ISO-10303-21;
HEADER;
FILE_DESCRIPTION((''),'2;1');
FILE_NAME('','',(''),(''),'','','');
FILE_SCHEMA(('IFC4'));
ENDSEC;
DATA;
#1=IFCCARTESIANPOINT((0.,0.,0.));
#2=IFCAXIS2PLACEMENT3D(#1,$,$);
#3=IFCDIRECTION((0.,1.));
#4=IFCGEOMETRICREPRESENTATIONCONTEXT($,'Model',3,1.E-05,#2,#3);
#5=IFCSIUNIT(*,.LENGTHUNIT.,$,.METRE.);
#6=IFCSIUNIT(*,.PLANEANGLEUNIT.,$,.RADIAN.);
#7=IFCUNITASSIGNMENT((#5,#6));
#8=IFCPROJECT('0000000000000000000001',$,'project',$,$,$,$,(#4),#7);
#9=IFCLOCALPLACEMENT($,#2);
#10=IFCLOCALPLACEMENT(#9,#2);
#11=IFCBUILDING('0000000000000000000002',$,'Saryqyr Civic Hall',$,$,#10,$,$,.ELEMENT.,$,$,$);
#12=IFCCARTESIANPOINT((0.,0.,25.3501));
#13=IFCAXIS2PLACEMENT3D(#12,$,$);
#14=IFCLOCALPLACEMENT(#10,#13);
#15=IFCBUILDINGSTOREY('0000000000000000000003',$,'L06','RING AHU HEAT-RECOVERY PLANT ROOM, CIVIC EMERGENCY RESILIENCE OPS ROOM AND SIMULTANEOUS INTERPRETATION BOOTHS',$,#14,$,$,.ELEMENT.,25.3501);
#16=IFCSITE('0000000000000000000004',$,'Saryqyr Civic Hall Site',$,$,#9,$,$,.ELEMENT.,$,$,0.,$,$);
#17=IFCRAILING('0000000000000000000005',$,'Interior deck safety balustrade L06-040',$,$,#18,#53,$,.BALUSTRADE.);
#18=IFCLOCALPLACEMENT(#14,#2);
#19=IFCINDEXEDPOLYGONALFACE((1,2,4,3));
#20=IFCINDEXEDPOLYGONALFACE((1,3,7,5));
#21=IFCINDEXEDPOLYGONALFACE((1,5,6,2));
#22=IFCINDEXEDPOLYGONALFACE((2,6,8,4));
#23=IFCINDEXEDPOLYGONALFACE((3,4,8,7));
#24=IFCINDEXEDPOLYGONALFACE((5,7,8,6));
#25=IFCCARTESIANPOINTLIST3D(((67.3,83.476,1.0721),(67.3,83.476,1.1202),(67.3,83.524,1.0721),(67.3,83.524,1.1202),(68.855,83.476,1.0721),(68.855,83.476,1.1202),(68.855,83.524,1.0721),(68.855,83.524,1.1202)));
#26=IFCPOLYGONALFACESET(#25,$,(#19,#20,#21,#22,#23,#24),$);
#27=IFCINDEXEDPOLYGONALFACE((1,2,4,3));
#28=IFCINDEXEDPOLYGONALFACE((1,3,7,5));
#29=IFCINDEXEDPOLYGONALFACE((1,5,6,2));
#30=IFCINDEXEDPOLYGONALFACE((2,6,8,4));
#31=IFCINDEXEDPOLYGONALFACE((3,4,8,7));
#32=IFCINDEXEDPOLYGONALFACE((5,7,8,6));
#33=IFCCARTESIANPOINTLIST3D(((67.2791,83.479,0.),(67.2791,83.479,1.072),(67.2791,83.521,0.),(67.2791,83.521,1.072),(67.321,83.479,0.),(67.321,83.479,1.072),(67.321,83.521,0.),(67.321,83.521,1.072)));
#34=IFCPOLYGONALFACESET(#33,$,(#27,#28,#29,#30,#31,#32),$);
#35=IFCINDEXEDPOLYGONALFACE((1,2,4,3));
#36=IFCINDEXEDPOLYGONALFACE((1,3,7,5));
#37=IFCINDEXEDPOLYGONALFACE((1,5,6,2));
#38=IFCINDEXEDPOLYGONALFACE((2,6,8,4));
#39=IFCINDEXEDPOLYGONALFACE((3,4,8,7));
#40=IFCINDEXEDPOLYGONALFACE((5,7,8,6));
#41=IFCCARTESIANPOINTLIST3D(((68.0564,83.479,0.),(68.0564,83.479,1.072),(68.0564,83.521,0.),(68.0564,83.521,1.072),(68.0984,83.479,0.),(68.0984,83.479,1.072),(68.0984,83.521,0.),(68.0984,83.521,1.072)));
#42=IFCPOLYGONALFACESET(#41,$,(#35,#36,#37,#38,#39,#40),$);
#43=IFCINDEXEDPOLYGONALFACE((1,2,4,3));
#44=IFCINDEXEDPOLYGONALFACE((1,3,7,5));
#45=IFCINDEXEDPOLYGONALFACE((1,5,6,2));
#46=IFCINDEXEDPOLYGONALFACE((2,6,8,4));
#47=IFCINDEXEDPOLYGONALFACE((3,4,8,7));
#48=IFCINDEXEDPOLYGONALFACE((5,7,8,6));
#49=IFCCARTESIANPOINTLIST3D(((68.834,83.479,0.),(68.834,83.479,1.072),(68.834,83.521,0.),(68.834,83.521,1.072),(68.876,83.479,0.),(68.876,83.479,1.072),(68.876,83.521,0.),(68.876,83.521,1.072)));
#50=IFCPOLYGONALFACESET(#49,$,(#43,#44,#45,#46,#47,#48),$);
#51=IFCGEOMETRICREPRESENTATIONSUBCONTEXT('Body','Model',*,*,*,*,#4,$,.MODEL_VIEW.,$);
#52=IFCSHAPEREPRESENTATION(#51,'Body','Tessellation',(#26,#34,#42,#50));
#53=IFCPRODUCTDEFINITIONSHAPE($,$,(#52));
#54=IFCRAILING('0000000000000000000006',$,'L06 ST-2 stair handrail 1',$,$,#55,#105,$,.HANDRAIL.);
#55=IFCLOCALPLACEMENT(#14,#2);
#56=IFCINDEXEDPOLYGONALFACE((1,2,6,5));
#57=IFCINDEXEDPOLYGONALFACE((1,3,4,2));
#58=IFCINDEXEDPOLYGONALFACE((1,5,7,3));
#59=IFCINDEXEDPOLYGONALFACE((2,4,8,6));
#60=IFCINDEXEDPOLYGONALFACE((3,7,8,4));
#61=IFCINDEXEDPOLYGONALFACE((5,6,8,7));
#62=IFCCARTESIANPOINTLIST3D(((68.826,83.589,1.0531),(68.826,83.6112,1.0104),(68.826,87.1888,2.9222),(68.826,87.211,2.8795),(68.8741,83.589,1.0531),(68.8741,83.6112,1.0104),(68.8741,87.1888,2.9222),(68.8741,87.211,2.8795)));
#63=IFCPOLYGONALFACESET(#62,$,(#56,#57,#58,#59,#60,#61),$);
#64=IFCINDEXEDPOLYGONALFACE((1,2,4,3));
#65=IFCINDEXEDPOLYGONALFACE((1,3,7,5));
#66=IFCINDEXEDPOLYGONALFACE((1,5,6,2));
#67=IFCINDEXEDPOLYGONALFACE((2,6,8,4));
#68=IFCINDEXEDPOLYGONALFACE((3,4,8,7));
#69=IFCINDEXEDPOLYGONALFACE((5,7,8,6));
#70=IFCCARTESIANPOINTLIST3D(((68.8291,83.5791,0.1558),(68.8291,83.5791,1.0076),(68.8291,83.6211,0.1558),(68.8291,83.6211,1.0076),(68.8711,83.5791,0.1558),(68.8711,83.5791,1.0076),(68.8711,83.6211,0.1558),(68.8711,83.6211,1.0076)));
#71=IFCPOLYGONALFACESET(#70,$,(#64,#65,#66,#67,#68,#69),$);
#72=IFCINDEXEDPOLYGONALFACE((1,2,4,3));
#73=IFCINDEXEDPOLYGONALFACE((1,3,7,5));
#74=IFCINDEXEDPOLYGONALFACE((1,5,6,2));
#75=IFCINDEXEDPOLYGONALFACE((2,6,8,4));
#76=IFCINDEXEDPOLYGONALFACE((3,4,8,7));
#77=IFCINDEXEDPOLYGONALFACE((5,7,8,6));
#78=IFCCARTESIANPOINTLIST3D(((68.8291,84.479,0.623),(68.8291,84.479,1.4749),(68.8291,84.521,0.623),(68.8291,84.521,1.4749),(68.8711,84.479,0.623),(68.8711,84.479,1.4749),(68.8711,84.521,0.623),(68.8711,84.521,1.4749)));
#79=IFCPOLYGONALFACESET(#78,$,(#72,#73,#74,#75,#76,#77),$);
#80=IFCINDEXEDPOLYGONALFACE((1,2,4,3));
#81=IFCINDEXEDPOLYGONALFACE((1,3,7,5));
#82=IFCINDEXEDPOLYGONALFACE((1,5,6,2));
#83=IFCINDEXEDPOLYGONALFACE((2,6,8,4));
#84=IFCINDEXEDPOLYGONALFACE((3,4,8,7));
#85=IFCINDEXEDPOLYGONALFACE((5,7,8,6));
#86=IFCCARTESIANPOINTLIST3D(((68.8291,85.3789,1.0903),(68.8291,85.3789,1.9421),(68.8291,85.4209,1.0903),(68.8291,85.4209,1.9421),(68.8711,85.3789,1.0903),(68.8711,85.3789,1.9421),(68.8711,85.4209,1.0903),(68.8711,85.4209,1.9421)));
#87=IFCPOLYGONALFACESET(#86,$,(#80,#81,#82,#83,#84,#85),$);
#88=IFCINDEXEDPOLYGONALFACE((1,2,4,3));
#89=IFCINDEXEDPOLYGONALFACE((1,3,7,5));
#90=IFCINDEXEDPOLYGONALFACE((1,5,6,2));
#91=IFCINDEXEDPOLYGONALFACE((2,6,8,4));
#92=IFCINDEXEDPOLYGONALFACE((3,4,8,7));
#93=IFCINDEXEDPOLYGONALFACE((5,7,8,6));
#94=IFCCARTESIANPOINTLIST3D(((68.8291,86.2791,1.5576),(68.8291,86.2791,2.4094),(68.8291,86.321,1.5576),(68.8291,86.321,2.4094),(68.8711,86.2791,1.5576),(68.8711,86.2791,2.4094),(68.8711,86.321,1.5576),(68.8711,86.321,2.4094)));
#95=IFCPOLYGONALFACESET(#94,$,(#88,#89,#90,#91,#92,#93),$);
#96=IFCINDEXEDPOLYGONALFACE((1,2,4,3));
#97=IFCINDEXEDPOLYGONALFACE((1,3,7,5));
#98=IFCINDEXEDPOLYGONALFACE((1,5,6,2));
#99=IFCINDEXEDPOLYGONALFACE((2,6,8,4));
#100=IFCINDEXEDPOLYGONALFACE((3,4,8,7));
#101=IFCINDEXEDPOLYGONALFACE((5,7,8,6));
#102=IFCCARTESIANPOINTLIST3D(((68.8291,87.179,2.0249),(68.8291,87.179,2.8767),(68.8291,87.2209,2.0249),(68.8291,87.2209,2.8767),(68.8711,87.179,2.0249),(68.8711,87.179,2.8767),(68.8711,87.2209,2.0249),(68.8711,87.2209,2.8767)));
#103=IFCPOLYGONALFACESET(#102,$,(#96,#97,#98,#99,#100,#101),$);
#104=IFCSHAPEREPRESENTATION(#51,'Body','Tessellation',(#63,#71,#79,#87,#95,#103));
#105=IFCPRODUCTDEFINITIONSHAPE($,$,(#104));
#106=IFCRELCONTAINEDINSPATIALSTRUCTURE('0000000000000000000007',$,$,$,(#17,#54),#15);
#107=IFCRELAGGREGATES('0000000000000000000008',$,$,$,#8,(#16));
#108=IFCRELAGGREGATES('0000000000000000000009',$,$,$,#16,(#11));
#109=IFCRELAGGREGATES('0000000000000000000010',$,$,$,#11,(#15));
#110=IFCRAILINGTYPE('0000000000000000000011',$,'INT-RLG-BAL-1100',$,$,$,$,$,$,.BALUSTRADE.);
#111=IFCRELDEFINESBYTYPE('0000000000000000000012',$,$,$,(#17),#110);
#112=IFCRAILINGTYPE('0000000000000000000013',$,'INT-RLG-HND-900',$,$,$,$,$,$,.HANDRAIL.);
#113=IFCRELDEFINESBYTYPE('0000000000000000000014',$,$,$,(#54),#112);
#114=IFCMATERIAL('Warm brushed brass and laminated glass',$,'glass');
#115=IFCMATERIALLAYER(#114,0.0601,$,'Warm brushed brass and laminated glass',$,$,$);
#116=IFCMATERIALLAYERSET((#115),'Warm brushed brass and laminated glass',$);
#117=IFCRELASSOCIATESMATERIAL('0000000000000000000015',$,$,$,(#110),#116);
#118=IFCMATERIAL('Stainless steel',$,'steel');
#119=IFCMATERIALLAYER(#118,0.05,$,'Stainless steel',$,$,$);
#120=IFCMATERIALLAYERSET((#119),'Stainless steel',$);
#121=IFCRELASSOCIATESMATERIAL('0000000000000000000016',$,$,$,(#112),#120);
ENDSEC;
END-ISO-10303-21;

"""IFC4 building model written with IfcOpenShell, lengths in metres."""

from ifc_helpers import new_model, si_unit, direction, frame, origin, origin_2d, place, context, subcontext, project, spatial, rectangle, extrude, material, layer, layer_set, type_object, element, save


model = new_model("IFC4")

# Units and contexts
model_context = context("Model", 3, precision=1e-05, world=origin(), true_north=direction((0.0, 1.0)))
body_context = subcontext(model_context, "Body", "Model", "MODEL_VIEW")
ifc_project = project(units=[si_unit("LENGTHUNIT", "METRE"), si_unit("PLANEANGLEUNIT", "RADIAN")], contexts=[model_context])

# Site, building, storey
site_placement = place(None, origin())
site = spatial("IfcSite", under=ifc_project, at=site_placement, Name="Saryqyr Civic Hall Site", CompositionType="ELEMENT", RefElevation=0.0)
building_placement = place(site_placement, origin())
building = spatial("IfcBuilding", under=site, at=building_placement, Name="Saryqyr Civic Hall", CompositionType="ELEMENT")
storey_placement = place(building_placement, frame((0.0, 0.0, 25.3501)))
storey = spatial("IfcBuildingStorey", under=building, at=storey_placement, Name="L06", Description="RING AHU HEAT-RECOVERY PLANT ROOM, CIVIC EMERGENCY RESILIENCE OPS ROOM AND SIMULTANEOUS INTERPRETATION BOOTHS", CompositionType="ELEMENT", Elevation=25.3501)

# Railings
ifc_material_1 = material(Name="Warm brushed brass and laminated glass", Category="glass")
ifc_layer_1 = layer(ifc_material_1, 0.0601, Name="Warm brushed brass and laminated glass")
ifc_layer_set_1 = layer_set([ifc_layer_1], Name="Warm brushed brass and laminated glass")
railing_type_1 = type_object("IfcRailingType", Name="INT-RLG-BAL-1100", PredefinedType="BALUSTRADE", material=ifc_layer_set_1)
railing_1_placement = place(storey_placement, frame((67.3, 83.5, 0.0)))
element("IfcRailing", 1, at=railing_1_placement, inside=storey, type_object=railing_type_1, Name="Interior deck safety balustrade L06-040", PredefinedType="BALUSTRADE", context=body_context, shape_type="SweptSolid", body=[
    extrude(rectangle(XDim=0.0481, YDim=0.0481, at=origin_2d()), frame((0.0, 0.0, 1.0962), z_axis=(1.0, 0.0, 0.0), x_axis=(0.0, 1.0, 0.0)), (0.0, 0.0, 1.0), 1.5549),
    extrude(rectangle(XDim=0.042, YDim=0.042, at=origin_2d()), origin(), (0.0, 0.0, 1.0), 1.072),
    extrude(rectangle(XDim=0.042, YDim=0.042, at=origin_2d()), frame((0.7773, 0.0, 0.0)), (0.0, 0.0, 1.0), 1.072),
    extrude(rectangle(XDim=0.042, YDim=0.042, at=origin_2d()), frame((1.5549, 0.0, 0.0)), (0.0, 0.0, 1.0), 1.072),
])
ifc_material_2 = material(Name="Stainless steel", Category="steel")
ifc_layer_2 = layer(ifc_material_2, 0.05, Name="Stainless steel")
ifc_layer_set_2 = layer_set([ifc_layer_2], Name="Stainless steel")
railing_type_2 = type_object("IfcRailingType", Name="INT-RLG-HND-900", PredefinedType="HANDRAIL", material=ifc_layer_set_2)
railing_2_placement = place(storey_placement, frame((68.8501, 83.6001, 0.1558)))
element("IfcRailing", 2, at=railing_2_placement, inside=storey, type_object=railing_type_2, Name="L06 ST-2 stair handrail 1", PredefinedType="HANDRAIL", context=body_context, shape_type="SweptSolid", body=[
    extrude(rectangle(XDim=0.0481, YDim=0.0481, at=origin_2d()), frame((0.0, 0.0, 0.876), z_axis=(0.0, 0.887497, 0.460813), x_axis=(-1.0, 0.0, 0.0)), (0.0, 0.0, 1.0), 4.0562),
    extrude(rectangle(XDim=0.042, YDim=0.042, at=origin_2d()), origin(), (0.0, 0.0, 1.0), 0.8518),
    extrude(rectangle(XDim=0.042, YDim=0.042, at=origin_2d()), frame((0.0, 0.8999, 0.4673)), (0.0, 0.0, 1.0), 0.8518),
    extrude(rectangle(XDim=0.042, YDim=0.042, at=origin_2d()), frame((0.0, 1.7998, 0.9346)), (0.0, 0.0, 1.0), 0.8518),
    extrude(rectangle(XDim=0.042, YDim=0.042, at=origin_2d()), frame((0.0, 2.7, 1.4019)), (0.0, 0.0, 1.0), 0.8518),
    extrude(rectangle(XDim=0.042, YDim=0.042, at=origin_2d()), frame((0.0, 3.5999, 1.8691)), (0.0, 0.0, 1.0), 0.8518),
])

save(model, "model.ifc")
